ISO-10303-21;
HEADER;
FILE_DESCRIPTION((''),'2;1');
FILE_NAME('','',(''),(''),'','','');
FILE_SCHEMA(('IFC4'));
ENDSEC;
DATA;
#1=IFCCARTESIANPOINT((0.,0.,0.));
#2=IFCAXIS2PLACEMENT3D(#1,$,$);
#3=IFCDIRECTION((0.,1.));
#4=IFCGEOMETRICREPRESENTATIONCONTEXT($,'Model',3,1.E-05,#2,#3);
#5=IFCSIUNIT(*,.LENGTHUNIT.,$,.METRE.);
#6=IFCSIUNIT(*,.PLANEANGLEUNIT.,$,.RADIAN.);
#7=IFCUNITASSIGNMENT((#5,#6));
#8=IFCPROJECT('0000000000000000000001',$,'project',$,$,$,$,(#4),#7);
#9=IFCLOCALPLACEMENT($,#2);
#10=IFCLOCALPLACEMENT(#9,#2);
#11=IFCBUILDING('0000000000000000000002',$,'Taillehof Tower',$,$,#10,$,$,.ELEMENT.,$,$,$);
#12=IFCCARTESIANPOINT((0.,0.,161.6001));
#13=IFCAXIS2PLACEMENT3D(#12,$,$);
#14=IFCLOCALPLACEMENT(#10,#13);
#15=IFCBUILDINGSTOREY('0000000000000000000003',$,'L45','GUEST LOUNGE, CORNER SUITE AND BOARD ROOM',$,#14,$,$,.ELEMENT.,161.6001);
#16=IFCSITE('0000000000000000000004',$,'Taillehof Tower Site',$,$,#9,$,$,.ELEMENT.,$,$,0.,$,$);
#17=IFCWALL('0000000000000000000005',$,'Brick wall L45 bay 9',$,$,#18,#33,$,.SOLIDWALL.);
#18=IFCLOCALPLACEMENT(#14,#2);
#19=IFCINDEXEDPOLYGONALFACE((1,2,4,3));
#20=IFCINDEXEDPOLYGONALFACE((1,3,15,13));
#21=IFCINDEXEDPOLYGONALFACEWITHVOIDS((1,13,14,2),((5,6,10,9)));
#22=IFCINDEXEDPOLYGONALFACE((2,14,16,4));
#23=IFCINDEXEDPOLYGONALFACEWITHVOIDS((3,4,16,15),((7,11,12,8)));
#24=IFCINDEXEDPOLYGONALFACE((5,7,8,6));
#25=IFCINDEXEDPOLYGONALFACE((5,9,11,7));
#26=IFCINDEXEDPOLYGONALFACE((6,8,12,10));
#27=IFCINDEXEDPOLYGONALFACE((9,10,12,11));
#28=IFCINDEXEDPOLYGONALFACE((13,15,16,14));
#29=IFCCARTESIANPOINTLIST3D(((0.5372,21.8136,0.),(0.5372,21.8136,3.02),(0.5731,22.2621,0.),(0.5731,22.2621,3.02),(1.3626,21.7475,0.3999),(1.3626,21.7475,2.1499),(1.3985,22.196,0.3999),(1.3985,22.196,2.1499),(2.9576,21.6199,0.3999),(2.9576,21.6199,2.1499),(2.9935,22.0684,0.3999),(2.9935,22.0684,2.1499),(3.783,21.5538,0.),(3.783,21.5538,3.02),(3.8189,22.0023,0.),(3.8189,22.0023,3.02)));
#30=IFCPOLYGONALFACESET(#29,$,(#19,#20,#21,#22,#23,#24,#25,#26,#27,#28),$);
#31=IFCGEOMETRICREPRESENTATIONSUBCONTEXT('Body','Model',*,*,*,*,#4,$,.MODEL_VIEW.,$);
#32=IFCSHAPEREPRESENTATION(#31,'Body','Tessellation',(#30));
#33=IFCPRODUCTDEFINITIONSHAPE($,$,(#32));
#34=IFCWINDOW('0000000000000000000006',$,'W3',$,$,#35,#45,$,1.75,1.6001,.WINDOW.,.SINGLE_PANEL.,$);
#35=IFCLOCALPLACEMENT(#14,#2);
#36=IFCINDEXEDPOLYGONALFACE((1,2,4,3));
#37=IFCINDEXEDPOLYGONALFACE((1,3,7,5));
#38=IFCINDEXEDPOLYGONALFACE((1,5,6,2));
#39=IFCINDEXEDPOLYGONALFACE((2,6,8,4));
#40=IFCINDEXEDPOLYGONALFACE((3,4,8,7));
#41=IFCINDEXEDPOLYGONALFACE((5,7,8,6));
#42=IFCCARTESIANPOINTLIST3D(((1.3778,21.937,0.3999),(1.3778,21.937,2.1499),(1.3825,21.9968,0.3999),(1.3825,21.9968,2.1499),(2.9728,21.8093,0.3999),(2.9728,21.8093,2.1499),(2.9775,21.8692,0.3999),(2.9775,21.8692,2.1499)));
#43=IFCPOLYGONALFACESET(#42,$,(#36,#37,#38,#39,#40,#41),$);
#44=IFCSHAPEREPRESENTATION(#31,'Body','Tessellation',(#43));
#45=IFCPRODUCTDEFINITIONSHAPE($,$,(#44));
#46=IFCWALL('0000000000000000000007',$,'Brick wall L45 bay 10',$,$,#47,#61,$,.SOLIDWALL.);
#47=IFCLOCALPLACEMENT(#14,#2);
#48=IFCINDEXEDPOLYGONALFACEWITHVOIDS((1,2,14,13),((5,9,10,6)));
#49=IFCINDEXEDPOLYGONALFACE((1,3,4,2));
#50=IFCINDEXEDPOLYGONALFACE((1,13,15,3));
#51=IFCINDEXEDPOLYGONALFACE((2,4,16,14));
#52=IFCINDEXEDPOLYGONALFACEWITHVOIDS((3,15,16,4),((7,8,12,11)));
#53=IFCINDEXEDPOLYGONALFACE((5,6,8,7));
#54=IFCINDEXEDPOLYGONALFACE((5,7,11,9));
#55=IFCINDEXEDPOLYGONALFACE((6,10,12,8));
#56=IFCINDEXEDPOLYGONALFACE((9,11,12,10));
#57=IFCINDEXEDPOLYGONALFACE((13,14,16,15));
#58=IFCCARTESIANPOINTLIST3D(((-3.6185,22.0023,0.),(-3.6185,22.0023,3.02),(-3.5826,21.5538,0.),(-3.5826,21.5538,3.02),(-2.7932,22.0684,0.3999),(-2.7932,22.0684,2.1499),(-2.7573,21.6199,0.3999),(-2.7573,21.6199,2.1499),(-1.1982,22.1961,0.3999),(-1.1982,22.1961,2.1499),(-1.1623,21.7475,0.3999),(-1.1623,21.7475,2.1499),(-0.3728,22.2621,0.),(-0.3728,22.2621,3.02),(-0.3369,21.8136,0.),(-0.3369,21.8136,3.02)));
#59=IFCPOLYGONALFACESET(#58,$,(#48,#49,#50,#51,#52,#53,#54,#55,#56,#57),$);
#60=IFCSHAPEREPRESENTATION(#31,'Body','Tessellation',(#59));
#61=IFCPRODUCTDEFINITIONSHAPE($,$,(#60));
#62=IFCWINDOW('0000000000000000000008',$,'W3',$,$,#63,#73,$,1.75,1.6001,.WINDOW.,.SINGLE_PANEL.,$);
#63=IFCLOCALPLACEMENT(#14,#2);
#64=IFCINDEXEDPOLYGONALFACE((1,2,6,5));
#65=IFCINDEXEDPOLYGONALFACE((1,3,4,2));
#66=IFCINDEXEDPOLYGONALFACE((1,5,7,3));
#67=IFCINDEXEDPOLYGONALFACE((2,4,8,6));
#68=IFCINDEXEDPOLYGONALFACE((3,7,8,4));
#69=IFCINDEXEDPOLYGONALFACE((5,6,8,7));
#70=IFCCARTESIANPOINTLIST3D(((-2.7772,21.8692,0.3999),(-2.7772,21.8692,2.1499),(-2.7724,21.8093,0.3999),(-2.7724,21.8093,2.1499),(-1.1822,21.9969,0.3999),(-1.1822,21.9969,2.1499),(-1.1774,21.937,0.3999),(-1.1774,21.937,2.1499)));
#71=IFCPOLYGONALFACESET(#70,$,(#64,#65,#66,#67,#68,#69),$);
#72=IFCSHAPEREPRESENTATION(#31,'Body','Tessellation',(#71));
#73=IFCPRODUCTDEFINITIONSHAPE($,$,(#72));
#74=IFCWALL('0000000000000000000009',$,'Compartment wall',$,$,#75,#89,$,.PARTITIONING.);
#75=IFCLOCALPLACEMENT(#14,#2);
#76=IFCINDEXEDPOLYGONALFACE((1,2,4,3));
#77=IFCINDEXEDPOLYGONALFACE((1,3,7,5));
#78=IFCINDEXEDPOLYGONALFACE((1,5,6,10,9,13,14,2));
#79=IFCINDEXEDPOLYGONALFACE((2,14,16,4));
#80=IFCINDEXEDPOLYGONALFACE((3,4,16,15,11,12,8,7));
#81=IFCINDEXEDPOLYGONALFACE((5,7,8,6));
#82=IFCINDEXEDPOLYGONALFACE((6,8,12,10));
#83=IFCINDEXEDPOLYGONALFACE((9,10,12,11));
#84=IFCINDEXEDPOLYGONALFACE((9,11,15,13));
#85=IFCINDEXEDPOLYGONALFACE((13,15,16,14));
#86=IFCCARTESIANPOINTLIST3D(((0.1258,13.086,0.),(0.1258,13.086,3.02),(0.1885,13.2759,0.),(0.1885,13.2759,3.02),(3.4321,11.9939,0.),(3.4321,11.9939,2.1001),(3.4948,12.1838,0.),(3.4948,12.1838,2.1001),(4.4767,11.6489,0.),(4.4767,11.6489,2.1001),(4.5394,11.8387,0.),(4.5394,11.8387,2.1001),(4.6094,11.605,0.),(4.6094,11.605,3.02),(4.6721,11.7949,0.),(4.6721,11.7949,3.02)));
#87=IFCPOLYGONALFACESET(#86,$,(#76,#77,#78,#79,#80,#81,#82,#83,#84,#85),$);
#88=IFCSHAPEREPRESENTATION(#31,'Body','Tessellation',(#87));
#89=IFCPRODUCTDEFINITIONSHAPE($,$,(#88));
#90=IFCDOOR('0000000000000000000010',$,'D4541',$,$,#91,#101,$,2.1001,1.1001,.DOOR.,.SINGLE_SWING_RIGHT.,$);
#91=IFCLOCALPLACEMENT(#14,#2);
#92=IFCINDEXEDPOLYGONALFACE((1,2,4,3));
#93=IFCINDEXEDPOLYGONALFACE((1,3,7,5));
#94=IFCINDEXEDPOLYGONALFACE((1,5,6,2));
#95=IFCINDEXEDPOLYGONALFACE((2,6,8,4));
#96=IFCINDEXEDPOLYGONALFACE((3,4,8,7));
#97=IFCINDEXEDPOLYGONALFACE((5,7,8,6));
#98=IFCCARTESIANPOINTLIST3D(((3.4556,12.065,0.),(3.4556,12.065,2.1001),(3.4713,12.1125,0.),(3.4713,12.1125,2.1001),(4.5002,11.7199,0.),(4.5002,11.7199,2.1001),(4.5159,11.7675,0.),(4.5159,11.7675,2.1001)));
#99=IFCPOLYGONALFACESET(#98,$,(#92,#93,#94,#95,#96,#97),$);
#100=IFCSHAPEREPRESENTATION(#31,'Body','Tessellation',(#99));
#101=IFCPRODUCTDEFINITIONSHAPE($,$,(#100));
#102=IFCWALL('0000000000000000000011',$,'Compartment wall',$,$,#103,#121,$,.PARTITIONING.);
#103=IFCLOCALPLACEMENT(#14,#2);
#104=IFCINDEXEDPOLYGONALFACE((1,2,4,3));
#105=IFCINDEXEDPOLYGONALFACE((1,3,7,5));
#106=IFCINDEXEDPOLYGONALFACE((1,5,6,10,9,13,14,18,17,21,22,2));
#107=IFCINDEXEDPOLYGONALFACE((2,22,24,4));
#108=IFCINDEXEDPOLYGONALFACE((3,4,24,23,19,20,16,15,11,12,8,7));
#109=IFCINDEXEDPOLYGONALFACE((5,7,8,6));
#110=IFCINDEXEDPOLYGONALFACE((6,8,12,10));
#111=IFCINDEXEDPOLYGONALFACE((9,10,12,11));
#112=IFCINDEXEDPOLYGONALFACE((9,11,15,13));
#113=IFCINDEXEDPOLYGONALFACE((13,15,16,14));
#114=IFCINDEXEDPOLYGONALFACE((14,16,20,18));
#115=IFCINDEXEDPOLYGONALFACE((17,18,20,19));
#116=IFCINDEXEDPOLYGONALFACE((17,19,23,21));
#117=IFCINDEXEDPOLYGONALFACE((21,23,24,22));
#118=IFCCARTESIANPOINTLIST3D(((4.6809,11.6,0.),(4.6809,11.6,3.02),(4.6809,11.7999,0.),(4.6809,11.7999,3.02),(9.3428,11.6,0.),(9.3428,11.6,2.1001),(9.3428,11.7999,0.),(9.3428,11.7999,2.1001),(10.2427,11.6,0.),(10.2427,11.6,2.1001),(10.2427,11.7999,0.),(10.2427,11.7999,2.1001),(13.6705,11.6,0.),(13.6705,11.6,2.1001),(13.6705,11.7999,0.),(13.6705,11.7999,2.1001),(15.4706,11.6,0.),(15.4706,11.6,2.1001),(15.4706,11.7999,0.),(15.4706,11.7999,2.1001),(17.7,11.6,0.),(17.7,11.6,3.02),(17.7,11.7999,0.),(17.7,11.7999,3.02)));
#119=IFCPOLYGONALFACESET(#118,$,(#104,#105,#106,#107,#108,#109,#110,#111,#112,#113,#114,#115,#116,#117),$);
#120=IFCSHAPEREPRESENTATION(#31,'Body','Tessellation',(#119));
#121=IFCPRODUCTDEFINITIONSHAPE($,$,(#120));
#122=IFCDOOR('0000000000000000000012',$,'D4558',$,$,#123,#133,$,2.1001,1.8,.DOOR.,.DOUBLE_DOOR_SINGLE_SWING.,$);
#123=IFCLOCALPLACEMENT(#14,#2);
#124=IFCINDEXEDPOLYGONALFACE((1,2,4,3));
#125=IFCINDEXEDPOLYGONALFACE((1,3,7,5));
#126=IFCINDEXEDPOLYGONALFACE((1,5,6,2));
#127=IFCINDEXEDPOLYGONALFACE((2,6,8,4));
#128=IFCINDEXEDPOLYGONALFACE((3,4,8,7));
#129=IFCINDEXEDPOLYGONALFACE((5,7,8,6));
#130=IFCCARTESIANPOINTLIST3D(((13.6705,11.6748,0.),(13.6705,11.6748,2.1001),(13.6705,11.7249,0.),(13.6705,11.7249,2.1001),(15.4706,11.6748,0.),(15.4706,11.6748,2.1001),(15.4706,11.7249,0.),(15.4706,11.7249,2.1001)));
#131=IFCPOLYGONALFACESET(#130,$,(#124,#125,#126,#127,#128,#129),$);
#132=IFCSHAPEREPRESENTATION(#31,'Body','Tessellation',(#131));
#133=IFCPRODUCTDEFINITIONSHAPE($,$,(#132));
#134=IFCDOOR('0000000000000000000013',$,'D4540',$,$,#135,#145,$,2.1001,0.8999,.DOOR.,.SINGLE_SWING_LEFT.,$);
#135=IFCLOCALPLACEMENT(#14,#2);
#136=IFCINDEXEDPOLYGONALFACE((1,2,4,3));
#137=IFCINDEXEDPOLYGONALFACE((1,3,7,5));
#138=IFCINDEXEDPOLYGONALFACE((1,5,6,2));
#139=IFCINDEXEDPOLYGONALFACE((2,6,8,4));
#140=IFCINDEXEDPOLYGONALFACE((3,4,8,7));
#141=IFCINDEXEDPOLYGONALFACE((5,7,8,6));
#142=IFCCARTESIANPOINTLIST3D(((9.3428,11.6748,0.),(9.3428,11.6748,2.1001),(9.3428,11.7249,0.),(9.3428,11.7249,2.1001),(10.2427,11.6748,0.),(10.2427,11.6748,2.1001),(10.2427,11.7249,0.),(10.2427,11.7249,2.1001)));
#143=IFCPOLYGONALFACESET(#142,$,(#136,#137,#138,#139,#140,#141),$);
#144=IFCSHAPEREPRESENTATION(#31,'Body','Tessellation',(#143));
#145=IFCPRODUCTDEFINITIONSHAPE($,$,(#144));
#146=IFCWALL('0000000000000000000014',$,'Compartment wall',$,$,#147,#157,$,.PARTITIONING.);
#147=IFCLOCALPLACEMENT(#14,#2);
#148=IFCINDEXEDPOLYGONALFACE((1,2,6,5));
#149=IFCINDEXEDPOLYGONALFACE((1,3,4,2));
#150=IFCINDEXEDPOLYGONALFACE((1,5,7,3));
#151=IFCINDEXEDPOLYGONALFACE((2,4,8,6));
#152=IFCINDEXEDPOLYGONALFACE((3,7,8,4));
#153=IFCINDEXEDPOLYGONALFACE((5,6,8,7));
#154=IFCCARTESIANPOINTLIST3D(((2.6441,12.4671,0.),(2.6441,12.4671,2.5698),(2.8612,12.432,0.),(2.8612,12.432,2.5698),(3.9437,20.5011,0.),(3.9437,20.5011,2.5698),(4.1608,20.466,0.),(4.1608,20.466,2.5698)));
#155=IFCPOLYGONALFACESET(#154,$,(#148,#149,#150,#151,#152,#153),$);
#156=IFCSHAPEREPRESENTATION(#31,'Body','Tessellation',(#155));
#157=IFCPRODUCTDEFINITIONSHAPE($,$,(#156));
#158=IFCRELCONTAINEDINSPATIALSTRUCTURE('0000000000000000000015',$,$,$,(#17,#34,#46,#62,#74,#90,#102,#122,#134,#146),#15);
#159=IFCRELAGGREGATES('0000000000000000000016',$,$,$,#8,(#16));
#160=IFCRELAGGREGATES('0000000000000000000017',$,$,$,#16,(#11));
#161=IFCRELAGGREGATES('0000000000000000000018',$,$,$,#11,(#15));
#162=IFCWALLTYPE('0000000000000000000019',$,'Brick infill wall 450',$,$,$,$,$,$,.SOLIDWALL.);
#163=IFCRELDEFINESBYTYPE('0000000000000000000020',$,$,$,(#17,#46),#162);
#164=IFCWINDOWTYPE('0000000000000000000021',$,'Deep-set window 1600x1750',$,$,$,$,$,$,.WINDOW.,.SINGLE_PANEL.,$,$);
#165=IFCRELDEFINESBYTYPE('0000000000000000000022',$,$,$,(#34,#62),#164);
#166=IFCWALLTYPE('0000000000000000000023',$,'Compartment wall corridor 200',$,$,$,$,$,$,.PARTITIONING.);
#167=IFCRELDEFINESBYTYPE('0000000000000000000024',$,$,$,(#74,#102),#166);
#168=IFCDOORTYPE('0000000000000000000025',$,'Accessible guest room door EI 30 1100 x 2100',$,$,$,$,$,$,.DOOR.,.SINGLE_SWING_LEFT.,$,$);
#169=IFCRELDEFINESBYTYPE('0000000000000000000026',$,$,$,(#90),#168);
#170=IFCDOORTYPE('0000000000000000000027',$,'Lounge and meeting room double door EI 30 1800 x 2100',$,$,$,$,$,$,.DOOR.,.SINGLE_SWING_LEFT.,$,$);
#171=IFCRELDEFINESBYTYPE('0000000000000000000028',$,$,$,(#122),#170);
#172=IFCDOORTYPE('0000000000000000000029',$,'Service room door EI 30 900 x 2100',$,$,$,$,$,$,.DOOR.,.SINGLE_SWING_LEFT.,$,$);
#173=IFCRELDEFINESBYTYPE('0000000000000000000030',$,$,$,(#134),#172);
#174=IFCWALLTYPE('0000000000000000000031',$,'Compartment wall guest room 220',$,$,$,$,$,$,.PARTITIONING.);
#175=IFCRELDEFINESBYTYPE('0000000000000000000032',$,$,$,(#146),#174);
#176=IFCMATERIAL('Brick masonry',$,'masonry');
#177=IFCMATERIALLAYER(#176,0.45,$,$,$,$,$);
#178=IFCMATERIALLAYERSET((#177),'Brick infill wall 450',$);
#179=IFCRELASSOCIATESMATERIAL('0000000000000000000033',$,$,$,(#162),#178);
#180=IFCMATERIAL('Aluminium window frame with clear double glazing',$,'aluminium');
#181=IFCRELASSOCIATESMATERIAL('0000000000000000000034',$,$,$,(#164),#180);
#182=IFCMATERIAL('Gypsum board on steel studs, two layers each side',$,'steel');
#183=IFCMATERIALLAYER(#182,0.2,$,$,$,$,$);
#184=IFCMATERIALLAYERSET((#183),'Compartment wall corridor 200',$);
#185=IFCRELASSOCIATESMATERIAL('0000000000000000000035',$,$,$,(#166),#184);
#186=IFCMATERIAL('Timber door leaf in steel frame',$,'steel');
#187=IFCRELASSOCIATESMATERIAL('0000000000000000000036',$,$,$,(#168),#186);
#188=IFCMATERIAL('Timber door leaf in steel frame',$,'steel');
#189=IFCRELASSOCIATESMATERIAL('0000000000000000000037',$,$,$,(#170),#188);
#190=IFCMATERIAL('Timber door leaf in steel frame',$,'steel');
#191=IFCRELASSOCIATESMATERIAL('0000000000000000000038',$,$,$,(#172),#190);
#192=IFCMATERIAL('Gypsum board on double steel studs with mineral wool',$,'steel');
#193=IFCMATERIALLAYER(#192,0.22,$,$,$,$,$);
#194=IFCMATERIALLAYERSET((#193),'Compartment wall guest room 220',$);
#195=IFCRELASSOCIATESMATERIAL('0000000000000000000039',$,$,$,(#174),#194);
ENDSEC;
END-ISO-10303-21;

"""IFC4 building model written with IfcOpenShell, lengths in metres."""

from ifc_helpers import new_model, si_unit, direction, frame, frame_2d, origin, place, context, subcontext, project, spatial, rectangle, extrude, material, layer, layer_set, type_object, element, fill, save


model = new_model("IFC4")

# Units and contexts
model_context = context("Model", 3, precision=1e-05, world=origin(), true_north=direction((0.0, 1.0)))
body_context = subcontext(model_context, "Body", "Model", "MODEL_VIEW")
ifc_project = project(units=[si_unit("LENGTHUNIT", "METRE"), si_unit("PLANEANGLEUNIT", "RADIAN")], contexts=[model_context])

# Site, building, storey
site_placement = place(None, origin())
site = spatial("IfcSite", under=ifc_project, at=site_placement, Name="Taillehof Tower Site", CompositionType="ELEMENT", RefElevation=0.0)
building_placement = place(site_placement, origin())
building = spatial("IfcBuilding", under=site, at=building_placement, Name="Taillehof Tower", CompositionType="ELEMENT")
storey_placement = place(building_placement, frame((0.0, 0.0, 161.6001)))
storey = spatial("IfcBuildingStorey", under=building, at=storey_placement, Name="L45", Description="GUEST LOUNGE, CORNER SUITE AND BOARD ROOM", CompositionType="ELEMENT", Elevation=161.6001)

# Walls, openings, windows
ifc_material_1 = material(Name="Brick masonry", Category="masonry")
ifc_layer_1 = layer(ifc_material_1, 0.45)
ifc_layer_set_1 = layer_set([ifc_layer_1], Name="Brick infill wall 450")
wall_type_1 = type_object("IfcWallType", Name="Brick infill wall 450", PredefinedType="SOLIDWALL", material=ifc_layer_set_1)
ifc_material_2 = material(Name="Aluminium window frame with clear double glazing", Category="aluminium")
window_type = type_object("IfcWindowType", Name="Deep-set window 1600x1750", PartitioningType="SINGLE_PANEL", PredefinedType="WINDOW", material=ifc_material_2)
wall_1_placement = place(storey_placement, frame((3.8008, 21.7781, 0.0), z_axis=(0.0, 0.0, 1.0), x_axis=(-0.996812, 0.079781, 0.0)))
wall_1 = element("IfcWall", 1, at=wall_1_placement, inside=storey, type_object=wall_type_1, Name="Brick wall L45 bay 9", PredefinedType="SOLIDWALL", context=body_context, shape_type="SweptSolid", body=[
    extrude(rectangle(XDim=3.2561, YDim=0.45, at=frame_2d((1.6279, 0.0))), origin(), (0.0, 0.0, 1.0), 3.02),
])
opening_1_placement = place(wall_1_placement, frame((0.8279, 0.0, 0.3999)))
opening_1 = element("IfcOpeningElement", 2, at=opening_1_placement, cuts=wall_1, PredefinedType="OPENING", context=body_context, shape_type="SweptSolid", body=[
    extrude(rectangle(XDim=1.6001, YDim=1.75, at=frame_2d((0.8, 0.875))), frame((0.0, 0.2349, 0.0), z_axis=(0.0, -1.0, 0.0), x_axis=(1.0, 0.0, 0.0)), (0.0, 0.0, 1.0), 0.47),
])
window_1_placement = place(opening_1_placement, origin())
window_1 = element("IfcWindow", 3, at=window_1_placement, inside=storey, type_object=window_type, Name="W3", OverallHeight=1.75, OverallWidth=1.6001, PartitioningType="SINGLE_PANEL", PredefinedType="WINDOW", context=body_context, shape_type="SweptSolid", body=[
    extrude(rectangle(XDim=1.6001, YDim=1.75, at=frame_2d((0.8, 0.875))), frame((0.0, 0.0349, 0.0), z_axis=(0.0, -1.0, 0.0), x_axis=(1.0, 0.0, 0.0)), (0.0, 0.0, 1.0), 0.0601),
])
fill(opening_1, window_1)
wall_2_placement = place(storey_placement, frame((-0.355, 22.0378, 0.0), z_axis=(0.0, 0.0, 1.0), x_axis=(-0.996812, -0.079781, 0.0)))
wall_2 = element("IfcWall", 4, at=wall_2_placement, inside=storey, type_object=wall_type_1, Name="Brick wall L45 bay 10", PredefinedType="SOLIDWALL", context=body_context, shape_type="SweptSolid", body=[
    extrude(rectangle(XDim=3.2561, YDim=0.45, at=frame_2d((1.6279, 0.0))), origin(), (0.0, 0.0, 1.0), 3.02),
])
opening_2_placement = place(wall_2_placement, frame((0.8279, 0.0, 0.3999)))
opening_2 = element("IfcOpeningElement", 5, at=opening_2_placement, cuts=wall_2, PredefinedType="OPENING", context=body_context, shape_type="SweptSolid", body=[
    extrude(rectangle(XDim=1.6001, YDim=1.75, at=frame_2d((0.8, 0.875))), frame((0.0, 0.2349, 0.0), z_axis=(0.0, -1.0, 0.0), x_axis=(1.0, 0.0, 0.0)), (0.0, 0.0, 1.0), 0.47),
])
window_2_placement = place(opening_2_placement, origin())
window_2 = element("IfcWindow", 6, at=window_2_placement, inside=storey, type_object=window_type, Name="W3", OverallHeight=1.75, OverallWidth=1.6001, PartitioningType="SINGLE_PANEL", PredefinedType="WINDOW", context=body_context, shape_type="SweptSolid", body=[
    extrude(rectangle(XDim=1.6001, YDim=1.75, at=frame_2d((0.8, 0.875))), frame((0.0, 0.0349, 0.0), z_axis=(0.0, -1.0, 0.0), x_axis=(1.0, 0.0, 0.0)), (0.0, 0.0, 1.0), 0.0601),
])
fill(opening_2, window_2)

# Wall, opening, door
ifc_material_3 = material(Name="Gypsum board on steel studs, two layers each side", Category="steel")
ifc_layer_2 = layer(ifc_material_3, 0.2)
ifc_layer_set_2 = layer_set([ifc_layer_2], Name="Compartment wall corridor 200")
wall_type_2 = type_object("IfcWallType", Name="Compartment wall corridor 200", PredefinedType="PARTITIONING", material=ifc_layer_set_2)
wall_3_placement = place(storey_placement, frame((0.1572, 13.1809, 0.0), z_axis=(0.0, 0.0, 1.0), x_axis=(0.949543, -0.313636, 0.0)))
wall_3 = element("IfcWall", 7, at=wall_3_placement, inside=storey, type_object=wall_type_2, Name="Compartment wall", PredefinedType="PARTITIONING", context=body_context, shape_type="SweptSolid", body=[
    extrude(rectangle(XDim=4.7219, YDim=0.2, at=frame_2d((2.3608, 0.0))), origin(), (0.0, 0.0, 1.0), 3.02),
])
opening_3_placement = place(wall_3_placement, frame((3.4819, 0.0, 0.0)))
opening_3 = element("IfcOpeningElement", 8, at=opening_3_placement, cuts=wall_3, PredefinedType="OPENING", context=body_context, shape_type="SweptSolid", body=[
    extrude(rectangle(XDim=1.1001, YDim=2.1001, at=frame_2d((0.55, 1.05))), frame((0.0, 0.1099, 0.0), z_axis=(0.0, -1.0, 0.0), x_axis=(1.0, 0.0, 0.0)), (0.0, 0.0, 1.0), 0.22),
])
ifc_material_4 = material(Name="Timber door leaf in steel frame", Category="steel")
door_type_1 = type_object("IfcDoorType", Name="Accessible guest room door EI 30 1100 x 2100", OperationType="SINGLE_SWING_LEFT", PredefinedType="DOOR", material=ifc_material_4)
door_1_placement = place(opening_3_placement, origin())
door_1 = element("IfcDoor", 9, at=door_1_placement, inside=storey, type_object=door_type_1, Name="D4541", OperationType="SINGLE_SWING_RIGHT", OverallHeight=2.1001, OverallWidth=1.1001, PredefinedType="DOOR", context=body_context, shape_type="SweptSolid", body=[
    extrude(rectangle(XDim=1.1001, YDim=2.1001, at=frame_2d((0.55, 1.05))), frame((0.0, 0.0249, 0.0), z_axis=(0.0, -1.0, 0.0), x_axis=(1.0, 0.0, 0.0)), (0.0, 0.0, 1.0), 0.05),
])
fill(opening_3, door_1)

# Wall, openings, doors
wall_4_placement = place(storey_placement, frame((4.6809, 11.7, 0.0), z_axis=(0.0, 0.0, 1.0), x_axis=(1.0, 0.0, 0.0)))
wall_4 = element("IfcWall", 10, at=wall_4_placement, inside=storey, type_object=wall_type_2, Name="Compartment wall", PredefinedType="PARTITIONING", context=body_context, shape_type="SweptSolid", body=[
    extrude(rectangle(XDim=13.019, YDim=0.2, at=frame_2d((6.5095, 0.0))), origin(), (0.0, 0.0, 1.0), 3.02),
])
opening_4_placement = place(wall_4_placement, frame((4.6619, 0.0, 0.0)))
opening_4 = element("IfcOpeningElement", 11, at=opening_4_placement, cuts=wall_4, PredefinedType="OPENING", context=body_context, shape_type="SweptSolid", body=[
    extrude(rectangle(XDim=0.8999, YDim=2.1001, at=frame_2d((0.45, 1.05))), frame((0.0, 0.1099, 0.0), z_axis=(0.0, -1.0, 0.0), x_axis=(1.0, 0.0, 0.0)), (0.0, 0.0, 1.0), 0.22),
])
opening_5_placement = place(wall_4_placement, frame((8.9897, 0.0, 0.0)))
opening_5 = element("IfcOpeningElement", 12, at=opening_5_placement, cuts=wall_4, PredefinedType="OPENING", context=body_context, shape_type="SweptSolid", body=[
    extrude(rectangle(XDim=1.8, YDim=2.1001, at=frame_2d((0.8999, 1.05))), frame((0.0, 0.1099, 0.0), z_axis=(0.0, -1.0, 0.0), x_axis=(1.0, 0.0, 0.0)), (0.0, 0.0, 1.0), 0.22),
])
ifc_material_5 = material(Name="Timber door leaf in steel frame", Category="steel")
door_type_2 = type_object("IfcDoorType", Name="Lounge and meeting room double door EI 30 1800 x 2100", OperationType="SINGLE_SWING_LEFT", PredefinedType="DOOR", material=ifc_material_5)
door_2_placement = place(opening_5_placement, origin())
door_2 = element("IfcDoor", 13, at=door_2_placement, inside=storey, type_object=door_type_2, Name="D4558", OperationType="DOUBLE_DOOR_SINGLE_SWING", OverallHeight=2.1001, OverallWidth=1.8, PredefinedType="DOOR", context=body_context, shape_type="SweptSolid", body=[
    extrude(rectangle(XDim=1.8, YDim=2.1001, at=frame_2d((0.8999, 1.05))), frame((0.0, 0.0249, 0.0), z_axis=(0.0, -1.0, 0.0), x_axis=(1.0, 0.0, 0.0)), (0.0, 0.0, 1.0), 0.05),
])
fill(opening_5, door_2)
ifc_material_6 = material(Name="Timber door leaf in steel frame", Category="steel")
door_type_3 = type_object("IfcDoorType", Name="Service room door EI 30 900 x 2100", OperationType="SINGLE_SWING_LEFT", PredefinedType="DOOR", material=ifc_material_6)
door_3_placement = place(opening_4_placement, origin())
door_3 = element("IfcDoor", 14, at=door_3_placement, inside=storey, type_object=door_type_3, Name="D4540", OperationType="SINGLE_SWING_LEFT", OverallHeight=2.1001, OverallWidth=0.8999, PredefinedType="DOOR", context=body_context, shape_type="SweptSolid", body=[
    extrude(rectangle(XDim=0.8999, YDim=2.1001, at=frame_2d((0.45, 1.05))), frame((0.0, 0.0249, 0.0), z_axis=(0.0, -1.0, 0.0), x_axis=(1.0, 0.0, 0.0)), (0.0, 0.0, 1.0), 0.05),
])
fill(opening_4, door_3)

# Wall
ifc_material_7 = material(Name="Gypsum board on double steel studs with mineral wool", Category="steel")
ifc_layer_3 = layer(ifc_material_7, 0.22)
ifc_layer_set_3 = layer_set([ifc_layer_3], Name="Compartment wall guest room 220")
wall_type_3 = type_object("IfcWallType", Name="Compartment wall guest room 220", PredefinedType="PARTITIONING", material=ifc_layer_set_3)
wall_5_placement = place(storey_placement, frame((4.0522, 20.4836, 0.0), z_axis=(0.0, 0.0, 1.0), x_axis=(-0.159683, -0.987168, 0.0)))
element("IfcWall", 15, at=wall_5_placement, inside=storey, type_object=wall_type_3, Name="Compartment wall", PredefinedType="PARTITIONING", context=body_context, shape_type="SweptSolid", body=[
    extrude(rectangle(XDim=8.1384, YDim=0.22, at=frame_2d((4.0693, 0.0))), origin(), (0.0, 0.0, 1.0), 2.5698),
])

save(model, "model.ifc")
